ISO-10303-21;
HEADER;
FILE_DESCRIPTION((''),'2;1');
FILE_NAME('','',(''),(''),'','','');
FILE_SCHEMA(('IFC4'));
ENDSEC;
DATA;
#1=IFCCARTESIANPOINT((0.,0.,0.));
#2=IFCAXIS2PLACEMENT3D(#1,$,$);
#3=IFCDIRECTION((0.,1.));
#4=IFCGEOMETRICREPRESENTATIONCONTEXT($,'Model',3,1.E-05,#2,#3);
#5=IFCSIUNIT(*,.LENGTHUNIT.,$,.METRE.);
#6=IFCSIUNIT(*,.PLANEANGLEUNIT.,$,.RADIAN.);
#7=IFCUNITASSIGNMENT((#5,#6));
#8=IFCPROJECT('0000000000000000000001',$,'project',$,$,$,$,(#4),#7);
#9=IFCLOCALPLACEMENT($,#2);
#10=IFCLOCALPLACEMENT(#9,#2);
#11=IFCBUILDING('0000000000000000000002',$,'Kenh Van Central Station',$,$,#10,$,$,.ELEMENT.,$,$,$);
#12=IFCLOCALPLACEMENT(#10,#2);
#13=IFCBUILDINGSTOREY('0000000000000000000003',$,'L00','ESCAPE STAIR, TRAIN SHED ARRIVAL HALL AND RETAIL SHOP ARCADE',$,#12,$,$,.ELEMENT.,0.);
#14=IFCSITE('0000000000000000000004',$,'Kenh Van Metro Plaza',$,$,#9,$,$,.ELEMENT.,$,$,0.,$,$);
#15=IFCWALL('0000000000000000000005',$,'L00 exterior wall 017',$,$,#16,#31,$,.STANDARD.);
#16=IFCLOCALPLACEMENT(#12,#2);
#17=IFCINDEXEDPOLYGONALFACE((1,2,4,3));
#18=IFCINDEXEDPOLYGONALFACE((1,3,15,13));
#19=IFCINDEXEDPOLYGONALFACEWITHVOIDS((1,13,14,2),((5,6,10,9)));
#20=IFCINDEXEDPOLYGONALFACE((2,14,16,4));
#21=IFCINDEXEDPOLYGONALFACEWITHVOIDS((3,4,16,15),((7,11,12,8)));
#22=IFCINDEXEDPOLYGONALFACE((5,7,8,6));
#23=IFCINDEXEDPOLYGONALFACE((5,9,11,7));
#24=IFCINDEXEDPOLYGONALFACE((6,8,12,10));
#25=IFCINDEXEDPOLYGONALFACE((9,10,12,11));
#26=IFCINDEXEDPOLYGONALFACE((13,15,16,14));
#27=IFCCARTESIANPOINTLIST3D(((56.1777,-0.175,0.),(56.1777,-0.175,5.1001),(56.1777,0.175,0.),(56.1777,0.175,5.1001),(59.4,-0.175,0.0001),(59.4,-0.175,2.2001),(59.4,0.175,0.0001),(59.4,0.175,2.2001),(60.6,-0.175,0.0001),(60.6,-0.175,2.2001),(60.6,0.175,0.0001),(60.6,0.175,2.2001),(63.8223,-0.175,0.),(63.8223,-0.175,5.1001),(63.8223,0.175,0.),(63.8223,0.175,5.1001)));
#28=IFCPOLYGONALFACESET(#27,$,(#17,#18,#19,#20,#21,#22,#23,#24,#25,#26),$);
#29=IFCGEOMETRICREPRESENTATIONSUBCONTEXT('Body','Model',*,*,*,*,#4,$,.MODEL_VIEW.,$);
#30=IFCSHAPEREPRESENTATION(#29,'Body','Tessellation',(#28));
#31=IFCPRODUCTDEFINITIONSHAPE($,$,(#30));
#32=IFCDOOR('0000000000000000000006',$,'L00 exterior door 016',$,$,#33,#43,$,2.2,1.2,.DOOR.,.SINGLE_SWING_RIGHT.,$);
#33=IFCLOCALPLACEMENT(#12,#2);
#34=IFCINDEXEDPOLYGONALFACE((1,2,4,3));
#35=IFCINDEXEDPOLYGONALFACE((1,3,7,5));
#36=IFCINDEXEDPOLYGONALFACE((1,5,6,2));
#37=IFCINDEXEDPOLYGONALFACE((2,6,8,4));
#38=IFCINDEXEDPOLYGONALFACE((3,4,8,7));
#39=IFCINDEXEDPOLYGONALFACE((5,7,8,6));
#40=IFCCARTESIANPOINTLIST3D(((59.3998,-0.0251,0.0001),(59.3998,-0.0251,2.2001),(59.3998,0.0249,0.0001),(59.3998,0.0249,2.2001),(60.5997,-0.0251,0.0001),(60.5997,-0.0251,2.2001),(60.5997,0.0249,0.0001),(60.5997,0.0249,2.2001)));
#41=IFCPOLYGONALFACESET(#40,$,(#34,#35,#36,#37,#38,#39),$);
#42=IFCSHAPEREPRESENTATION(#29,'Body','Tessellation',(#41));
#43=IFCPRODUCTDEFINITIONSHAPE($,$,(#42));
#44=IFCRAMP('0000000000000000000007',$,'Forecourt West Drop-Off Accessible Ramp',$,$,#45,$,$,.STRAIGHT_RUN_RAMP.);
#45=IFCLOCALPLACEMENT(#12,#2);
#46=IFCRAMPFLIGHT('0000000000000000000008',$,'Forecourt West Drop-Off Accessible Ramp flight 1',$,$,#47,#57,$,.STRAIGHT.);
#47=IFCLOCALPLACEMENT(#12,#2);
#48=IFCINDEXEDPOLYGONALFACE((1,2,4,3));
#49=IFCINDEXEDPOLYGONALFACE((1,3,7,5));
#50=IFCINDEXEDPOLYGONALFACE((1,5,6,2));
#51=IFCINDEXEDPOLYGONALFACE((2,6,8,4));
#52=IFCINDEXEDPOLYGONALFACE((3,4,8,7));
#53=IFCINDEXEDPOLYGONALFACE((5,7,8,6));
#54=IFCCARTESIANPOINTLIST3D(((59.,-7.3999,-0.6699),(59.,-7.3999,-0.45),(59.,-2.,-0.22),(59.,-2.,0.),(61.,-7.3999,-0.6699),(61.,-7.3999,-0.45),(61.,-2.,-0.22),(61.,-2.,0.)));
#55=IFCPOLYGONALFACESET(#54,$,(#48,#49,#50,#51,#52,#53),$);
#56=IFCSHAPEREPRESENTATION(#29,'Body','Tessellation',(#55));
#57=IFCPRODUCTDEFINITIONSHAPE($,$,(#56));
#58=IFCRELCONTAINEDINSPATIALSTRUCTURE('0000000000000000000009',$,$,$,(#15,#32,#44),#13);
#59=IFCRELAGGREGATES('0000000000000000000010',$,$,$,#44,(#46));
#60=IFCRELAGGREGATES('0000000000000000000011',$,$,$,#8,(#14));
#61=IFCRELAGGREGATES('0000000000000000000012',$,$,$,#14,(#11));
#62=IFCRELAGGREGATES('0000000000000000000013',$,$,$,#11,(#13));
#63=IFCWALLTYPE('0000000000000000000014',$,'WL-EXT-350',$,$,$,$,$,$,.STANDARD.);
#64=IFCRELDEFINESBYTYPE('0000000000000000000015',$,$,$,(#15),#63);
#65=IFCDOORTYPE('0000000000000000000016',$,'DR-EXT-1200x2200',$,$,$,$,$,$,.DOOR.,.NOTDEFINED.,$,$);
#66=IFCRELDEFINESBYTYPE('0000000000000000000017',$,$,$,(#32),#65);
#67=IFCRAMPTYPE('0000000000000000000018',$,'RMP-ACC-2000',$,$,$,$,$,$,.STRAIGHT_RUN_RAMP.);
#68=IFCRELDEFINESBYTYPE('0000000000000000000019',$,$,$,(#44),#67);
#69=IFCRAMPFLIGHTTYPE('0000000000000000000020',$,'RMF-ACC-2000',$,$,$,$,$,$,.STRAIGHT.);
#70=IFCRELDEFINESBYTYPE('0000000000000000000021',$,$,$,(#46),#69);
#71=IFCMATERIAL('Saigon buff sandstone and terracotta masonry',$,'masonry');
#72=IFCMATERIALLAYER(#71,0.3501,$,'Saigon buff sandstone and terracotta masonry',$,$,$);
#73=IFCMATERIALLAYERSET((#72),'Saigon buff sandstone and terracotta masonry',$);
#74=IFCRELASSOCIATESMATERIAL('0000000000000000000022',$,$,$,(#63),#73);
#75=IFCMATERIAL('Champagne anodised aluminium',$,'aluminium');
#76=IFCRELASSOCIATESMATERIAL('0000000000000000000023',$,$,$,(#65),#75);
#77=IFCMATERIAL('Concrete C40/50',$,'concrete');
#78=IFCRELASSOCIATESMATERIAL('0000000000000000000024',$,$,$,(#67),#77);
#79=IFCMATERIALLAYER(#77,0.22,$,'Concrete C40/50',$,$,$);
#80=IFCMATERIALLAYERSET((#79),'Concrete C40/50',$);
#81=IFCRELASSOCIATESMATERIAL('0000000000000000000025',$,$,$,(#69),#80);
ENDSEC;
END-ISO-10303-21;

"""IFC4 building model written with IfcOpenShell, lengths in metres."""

from ifc_helpers import new_model, si_unit, direction, frame, frame_2d, origin, place, context, subcontext, project, spatial, polyline, rectangle, outline, extrude, material, layer, layer_set, type_object, element, fill, aggregate, save


model = new_model("IFC4")

# Units and contexts
model_context = context("Model", 3, precision=1e-05, world=origin(), true_north=direction((0.0, 1.0)))
body_context = subcontext(model_context, "Body", "Model", "MODEL_VIEW")
ifc_project = project(units=[si_unit("LENGTHUNIT", "METRE"), si_unit("PLANEANGLEUNIT", "RADIAN")], contexts=[model_context])

# Site, building, storey
site_placement = place(None, origin())
site = spatial("IfcSite", under=ifc_project, at=site_placement, Name="Kenh Van Metro Plaza", CompositionType="ELEMENT", RefElevation=0.0)
building_placement = place(site_placement, origin())
building = spatial("IfcBuilding", under=site, at=building_placement, Name="Kenh Van Central Station", CompositionType="ELEMENT")
storey_placement = place(building_placement, origin())
storey = spatial("IfcBuildingStorey", under=building, at=storey_placement, Name="L00", Description="ESCAPE STAIR, TRAIN SHED ARRIVAL HALL AND RETAIL SHOP ARCADE", CompositionType="ELEMENT", Elevation=0.0)

# Shared definitions
ifc_material_1 = material(Name="Champagne anodised aluminium", Category="aluminium")

# Wall, opening, door
ifc_material_2 = material(Name="Saigon buff sandstone and terracotta masonry", Category="masonry")
ifc_layer_1 = layer(ifc_material_2, 0.3501, Name="Saigon buff sandstone and terracotta masonry")
ifc_layer_set_1 = layer_set([ifc_layer_1], Name="Saigon buff sandstone and terracotta masonry")
wall_type = type_object("IfcWallType", Name="WL-EXT-350", PredefinedType="STANDARD", material=ifc_layer_set_1)
wall_placement = place(storey_placement, frame((56.1777, 0.0, 0.0), z_axis=(0.0, 0.0, 1.0), x_axis=(1.0, 0.0, 0.0)))
wall = element("IfcWall", 1, at=wall_placement, inside=storey, type_object=wall_type, Name="L00 exterior wall 017", PredefinedType="STANDARD", context=body_context, shape_type="SweptSolid", body=[
    extrude(rectangle(XDim=7.6445, YDim=0.3501, at=frame_2d((3.8223, 0.0))), origin(), (0.0, 0.0, 1.0), 5.1001),
])
opening_placement = place(wall_placement, frame((3.2222, 0.0, 0.0)))
opening = element("IfcOpeningElement", 2, at=opening_placement, cuts=wall, PredefinedType="OPENING", context=body_context, shape_type="SweptSolid", body=[
    extrude(rectangle(XDim=1.2, YDim=2.2, at=frame_2d((0.6001, 1.1001))), frame((0.0, 0.1851, 0.0), z_axis=(0.0, -1.0, 0.0), x_axis=(1.0, 0.0, 0.0)), (0.0, 0.0, 1.0), 0.3701),
])
door_type = type_object("IfcDoorType", Name="DR-EXT-1200x2200", OperationType="NOTDEFINED", PredefinedType="DOOR", material=ifc_material_1)
door_placement = place(opening_placement, frame((1.2, 0.0, 0.0), z_axis=(0.0, 0.0, 1.0), x_axis=(-1.0, 0.0, 0.0)))
door = element("IfcDoor", 3, at=door_placement, inside=storey, type_object=door_type, Name="L00 exterior door 016", OperationType="SINGLE_SWING_RIGHT", OverallHeight=2.2, OverallWidth=1.2, PredefinedType="DOOR", context=body_context, shape_type="SweptSolid", body=[
    extrude(rectangle(XDim=1.2, YDim=2.2, at=frame_2d((-0.6001, 1.1001))), frame((0.0, -0.0249, 0.0), z_axis=(0.0, 1.0, 0.0), x_axis=(-1.0, 0.0, 0.0)), (0.0, 0.0, 1.0), 0.05),
])
fill(opening, door)

# Ramp, ramp flight
ifc_material_3 = material(Name="Concrete C40/50", Category="concrete")
ramp_type = type_object("IfcRampType", Name="RMP-ACC-2000", PredefinedType="STRAIGHT_RUN_RAMP", material=ifc_material_3)
ramp_placement = place(storey_placement, origin())
ramp = element("IfcRamp", 4, at=ramp_placement, inside=storey, type_object=ramp_type, Name="Forecourt West Drop-Off Accessible Ramp", PredefinedType="STRAIGHT_RUN_RAMP")
ifc_layer_2 = layer(ifc_material_3, 0.22, Name="Concrete C40/50")
ifc_layer_set_2 = layer_set([ifc_layer_2], Name="Concrete C40/50")
ramp_flight_type = type_object("IfcRampFlightType", Name="RMF-ACC-2000", PredefinedType="STRAIGHT", material=ifc_layer_set_2)
ramp_flight_placement = place(storey_placement, frame((60.0, -7.3999, -0.45), z_axis=(0.0, 0.0, 1.0), x_axis=(0.0, 1.0, 0.0)))
ramp_flight = element("IfcRampFlight", 5, at=ramp_flight_placement, type_object=ramp_flight_type, Name="Forecourt West Drop-Off Accessible Ramp flight 1", PredefinedType="STRAIGHT", context=body_context, shape_type="SweptSolid", body=[
    extrude(outline(polyline([(0.0, 0.0), (0.0, -0.22), (5.3999, 0.23), (5.3999, 0.45), (0.0, 0.0)])), frame((0.0, 1.0, 0.0), z_axis=(0.0, -1.0, 0.0), x_axis=(1.0, 0.0, 0.0)), (0.0, 0.0, 1.0), 2.0),
])
aggregate(ramp, [ramp_flight])

save(model, "model.ifc")
